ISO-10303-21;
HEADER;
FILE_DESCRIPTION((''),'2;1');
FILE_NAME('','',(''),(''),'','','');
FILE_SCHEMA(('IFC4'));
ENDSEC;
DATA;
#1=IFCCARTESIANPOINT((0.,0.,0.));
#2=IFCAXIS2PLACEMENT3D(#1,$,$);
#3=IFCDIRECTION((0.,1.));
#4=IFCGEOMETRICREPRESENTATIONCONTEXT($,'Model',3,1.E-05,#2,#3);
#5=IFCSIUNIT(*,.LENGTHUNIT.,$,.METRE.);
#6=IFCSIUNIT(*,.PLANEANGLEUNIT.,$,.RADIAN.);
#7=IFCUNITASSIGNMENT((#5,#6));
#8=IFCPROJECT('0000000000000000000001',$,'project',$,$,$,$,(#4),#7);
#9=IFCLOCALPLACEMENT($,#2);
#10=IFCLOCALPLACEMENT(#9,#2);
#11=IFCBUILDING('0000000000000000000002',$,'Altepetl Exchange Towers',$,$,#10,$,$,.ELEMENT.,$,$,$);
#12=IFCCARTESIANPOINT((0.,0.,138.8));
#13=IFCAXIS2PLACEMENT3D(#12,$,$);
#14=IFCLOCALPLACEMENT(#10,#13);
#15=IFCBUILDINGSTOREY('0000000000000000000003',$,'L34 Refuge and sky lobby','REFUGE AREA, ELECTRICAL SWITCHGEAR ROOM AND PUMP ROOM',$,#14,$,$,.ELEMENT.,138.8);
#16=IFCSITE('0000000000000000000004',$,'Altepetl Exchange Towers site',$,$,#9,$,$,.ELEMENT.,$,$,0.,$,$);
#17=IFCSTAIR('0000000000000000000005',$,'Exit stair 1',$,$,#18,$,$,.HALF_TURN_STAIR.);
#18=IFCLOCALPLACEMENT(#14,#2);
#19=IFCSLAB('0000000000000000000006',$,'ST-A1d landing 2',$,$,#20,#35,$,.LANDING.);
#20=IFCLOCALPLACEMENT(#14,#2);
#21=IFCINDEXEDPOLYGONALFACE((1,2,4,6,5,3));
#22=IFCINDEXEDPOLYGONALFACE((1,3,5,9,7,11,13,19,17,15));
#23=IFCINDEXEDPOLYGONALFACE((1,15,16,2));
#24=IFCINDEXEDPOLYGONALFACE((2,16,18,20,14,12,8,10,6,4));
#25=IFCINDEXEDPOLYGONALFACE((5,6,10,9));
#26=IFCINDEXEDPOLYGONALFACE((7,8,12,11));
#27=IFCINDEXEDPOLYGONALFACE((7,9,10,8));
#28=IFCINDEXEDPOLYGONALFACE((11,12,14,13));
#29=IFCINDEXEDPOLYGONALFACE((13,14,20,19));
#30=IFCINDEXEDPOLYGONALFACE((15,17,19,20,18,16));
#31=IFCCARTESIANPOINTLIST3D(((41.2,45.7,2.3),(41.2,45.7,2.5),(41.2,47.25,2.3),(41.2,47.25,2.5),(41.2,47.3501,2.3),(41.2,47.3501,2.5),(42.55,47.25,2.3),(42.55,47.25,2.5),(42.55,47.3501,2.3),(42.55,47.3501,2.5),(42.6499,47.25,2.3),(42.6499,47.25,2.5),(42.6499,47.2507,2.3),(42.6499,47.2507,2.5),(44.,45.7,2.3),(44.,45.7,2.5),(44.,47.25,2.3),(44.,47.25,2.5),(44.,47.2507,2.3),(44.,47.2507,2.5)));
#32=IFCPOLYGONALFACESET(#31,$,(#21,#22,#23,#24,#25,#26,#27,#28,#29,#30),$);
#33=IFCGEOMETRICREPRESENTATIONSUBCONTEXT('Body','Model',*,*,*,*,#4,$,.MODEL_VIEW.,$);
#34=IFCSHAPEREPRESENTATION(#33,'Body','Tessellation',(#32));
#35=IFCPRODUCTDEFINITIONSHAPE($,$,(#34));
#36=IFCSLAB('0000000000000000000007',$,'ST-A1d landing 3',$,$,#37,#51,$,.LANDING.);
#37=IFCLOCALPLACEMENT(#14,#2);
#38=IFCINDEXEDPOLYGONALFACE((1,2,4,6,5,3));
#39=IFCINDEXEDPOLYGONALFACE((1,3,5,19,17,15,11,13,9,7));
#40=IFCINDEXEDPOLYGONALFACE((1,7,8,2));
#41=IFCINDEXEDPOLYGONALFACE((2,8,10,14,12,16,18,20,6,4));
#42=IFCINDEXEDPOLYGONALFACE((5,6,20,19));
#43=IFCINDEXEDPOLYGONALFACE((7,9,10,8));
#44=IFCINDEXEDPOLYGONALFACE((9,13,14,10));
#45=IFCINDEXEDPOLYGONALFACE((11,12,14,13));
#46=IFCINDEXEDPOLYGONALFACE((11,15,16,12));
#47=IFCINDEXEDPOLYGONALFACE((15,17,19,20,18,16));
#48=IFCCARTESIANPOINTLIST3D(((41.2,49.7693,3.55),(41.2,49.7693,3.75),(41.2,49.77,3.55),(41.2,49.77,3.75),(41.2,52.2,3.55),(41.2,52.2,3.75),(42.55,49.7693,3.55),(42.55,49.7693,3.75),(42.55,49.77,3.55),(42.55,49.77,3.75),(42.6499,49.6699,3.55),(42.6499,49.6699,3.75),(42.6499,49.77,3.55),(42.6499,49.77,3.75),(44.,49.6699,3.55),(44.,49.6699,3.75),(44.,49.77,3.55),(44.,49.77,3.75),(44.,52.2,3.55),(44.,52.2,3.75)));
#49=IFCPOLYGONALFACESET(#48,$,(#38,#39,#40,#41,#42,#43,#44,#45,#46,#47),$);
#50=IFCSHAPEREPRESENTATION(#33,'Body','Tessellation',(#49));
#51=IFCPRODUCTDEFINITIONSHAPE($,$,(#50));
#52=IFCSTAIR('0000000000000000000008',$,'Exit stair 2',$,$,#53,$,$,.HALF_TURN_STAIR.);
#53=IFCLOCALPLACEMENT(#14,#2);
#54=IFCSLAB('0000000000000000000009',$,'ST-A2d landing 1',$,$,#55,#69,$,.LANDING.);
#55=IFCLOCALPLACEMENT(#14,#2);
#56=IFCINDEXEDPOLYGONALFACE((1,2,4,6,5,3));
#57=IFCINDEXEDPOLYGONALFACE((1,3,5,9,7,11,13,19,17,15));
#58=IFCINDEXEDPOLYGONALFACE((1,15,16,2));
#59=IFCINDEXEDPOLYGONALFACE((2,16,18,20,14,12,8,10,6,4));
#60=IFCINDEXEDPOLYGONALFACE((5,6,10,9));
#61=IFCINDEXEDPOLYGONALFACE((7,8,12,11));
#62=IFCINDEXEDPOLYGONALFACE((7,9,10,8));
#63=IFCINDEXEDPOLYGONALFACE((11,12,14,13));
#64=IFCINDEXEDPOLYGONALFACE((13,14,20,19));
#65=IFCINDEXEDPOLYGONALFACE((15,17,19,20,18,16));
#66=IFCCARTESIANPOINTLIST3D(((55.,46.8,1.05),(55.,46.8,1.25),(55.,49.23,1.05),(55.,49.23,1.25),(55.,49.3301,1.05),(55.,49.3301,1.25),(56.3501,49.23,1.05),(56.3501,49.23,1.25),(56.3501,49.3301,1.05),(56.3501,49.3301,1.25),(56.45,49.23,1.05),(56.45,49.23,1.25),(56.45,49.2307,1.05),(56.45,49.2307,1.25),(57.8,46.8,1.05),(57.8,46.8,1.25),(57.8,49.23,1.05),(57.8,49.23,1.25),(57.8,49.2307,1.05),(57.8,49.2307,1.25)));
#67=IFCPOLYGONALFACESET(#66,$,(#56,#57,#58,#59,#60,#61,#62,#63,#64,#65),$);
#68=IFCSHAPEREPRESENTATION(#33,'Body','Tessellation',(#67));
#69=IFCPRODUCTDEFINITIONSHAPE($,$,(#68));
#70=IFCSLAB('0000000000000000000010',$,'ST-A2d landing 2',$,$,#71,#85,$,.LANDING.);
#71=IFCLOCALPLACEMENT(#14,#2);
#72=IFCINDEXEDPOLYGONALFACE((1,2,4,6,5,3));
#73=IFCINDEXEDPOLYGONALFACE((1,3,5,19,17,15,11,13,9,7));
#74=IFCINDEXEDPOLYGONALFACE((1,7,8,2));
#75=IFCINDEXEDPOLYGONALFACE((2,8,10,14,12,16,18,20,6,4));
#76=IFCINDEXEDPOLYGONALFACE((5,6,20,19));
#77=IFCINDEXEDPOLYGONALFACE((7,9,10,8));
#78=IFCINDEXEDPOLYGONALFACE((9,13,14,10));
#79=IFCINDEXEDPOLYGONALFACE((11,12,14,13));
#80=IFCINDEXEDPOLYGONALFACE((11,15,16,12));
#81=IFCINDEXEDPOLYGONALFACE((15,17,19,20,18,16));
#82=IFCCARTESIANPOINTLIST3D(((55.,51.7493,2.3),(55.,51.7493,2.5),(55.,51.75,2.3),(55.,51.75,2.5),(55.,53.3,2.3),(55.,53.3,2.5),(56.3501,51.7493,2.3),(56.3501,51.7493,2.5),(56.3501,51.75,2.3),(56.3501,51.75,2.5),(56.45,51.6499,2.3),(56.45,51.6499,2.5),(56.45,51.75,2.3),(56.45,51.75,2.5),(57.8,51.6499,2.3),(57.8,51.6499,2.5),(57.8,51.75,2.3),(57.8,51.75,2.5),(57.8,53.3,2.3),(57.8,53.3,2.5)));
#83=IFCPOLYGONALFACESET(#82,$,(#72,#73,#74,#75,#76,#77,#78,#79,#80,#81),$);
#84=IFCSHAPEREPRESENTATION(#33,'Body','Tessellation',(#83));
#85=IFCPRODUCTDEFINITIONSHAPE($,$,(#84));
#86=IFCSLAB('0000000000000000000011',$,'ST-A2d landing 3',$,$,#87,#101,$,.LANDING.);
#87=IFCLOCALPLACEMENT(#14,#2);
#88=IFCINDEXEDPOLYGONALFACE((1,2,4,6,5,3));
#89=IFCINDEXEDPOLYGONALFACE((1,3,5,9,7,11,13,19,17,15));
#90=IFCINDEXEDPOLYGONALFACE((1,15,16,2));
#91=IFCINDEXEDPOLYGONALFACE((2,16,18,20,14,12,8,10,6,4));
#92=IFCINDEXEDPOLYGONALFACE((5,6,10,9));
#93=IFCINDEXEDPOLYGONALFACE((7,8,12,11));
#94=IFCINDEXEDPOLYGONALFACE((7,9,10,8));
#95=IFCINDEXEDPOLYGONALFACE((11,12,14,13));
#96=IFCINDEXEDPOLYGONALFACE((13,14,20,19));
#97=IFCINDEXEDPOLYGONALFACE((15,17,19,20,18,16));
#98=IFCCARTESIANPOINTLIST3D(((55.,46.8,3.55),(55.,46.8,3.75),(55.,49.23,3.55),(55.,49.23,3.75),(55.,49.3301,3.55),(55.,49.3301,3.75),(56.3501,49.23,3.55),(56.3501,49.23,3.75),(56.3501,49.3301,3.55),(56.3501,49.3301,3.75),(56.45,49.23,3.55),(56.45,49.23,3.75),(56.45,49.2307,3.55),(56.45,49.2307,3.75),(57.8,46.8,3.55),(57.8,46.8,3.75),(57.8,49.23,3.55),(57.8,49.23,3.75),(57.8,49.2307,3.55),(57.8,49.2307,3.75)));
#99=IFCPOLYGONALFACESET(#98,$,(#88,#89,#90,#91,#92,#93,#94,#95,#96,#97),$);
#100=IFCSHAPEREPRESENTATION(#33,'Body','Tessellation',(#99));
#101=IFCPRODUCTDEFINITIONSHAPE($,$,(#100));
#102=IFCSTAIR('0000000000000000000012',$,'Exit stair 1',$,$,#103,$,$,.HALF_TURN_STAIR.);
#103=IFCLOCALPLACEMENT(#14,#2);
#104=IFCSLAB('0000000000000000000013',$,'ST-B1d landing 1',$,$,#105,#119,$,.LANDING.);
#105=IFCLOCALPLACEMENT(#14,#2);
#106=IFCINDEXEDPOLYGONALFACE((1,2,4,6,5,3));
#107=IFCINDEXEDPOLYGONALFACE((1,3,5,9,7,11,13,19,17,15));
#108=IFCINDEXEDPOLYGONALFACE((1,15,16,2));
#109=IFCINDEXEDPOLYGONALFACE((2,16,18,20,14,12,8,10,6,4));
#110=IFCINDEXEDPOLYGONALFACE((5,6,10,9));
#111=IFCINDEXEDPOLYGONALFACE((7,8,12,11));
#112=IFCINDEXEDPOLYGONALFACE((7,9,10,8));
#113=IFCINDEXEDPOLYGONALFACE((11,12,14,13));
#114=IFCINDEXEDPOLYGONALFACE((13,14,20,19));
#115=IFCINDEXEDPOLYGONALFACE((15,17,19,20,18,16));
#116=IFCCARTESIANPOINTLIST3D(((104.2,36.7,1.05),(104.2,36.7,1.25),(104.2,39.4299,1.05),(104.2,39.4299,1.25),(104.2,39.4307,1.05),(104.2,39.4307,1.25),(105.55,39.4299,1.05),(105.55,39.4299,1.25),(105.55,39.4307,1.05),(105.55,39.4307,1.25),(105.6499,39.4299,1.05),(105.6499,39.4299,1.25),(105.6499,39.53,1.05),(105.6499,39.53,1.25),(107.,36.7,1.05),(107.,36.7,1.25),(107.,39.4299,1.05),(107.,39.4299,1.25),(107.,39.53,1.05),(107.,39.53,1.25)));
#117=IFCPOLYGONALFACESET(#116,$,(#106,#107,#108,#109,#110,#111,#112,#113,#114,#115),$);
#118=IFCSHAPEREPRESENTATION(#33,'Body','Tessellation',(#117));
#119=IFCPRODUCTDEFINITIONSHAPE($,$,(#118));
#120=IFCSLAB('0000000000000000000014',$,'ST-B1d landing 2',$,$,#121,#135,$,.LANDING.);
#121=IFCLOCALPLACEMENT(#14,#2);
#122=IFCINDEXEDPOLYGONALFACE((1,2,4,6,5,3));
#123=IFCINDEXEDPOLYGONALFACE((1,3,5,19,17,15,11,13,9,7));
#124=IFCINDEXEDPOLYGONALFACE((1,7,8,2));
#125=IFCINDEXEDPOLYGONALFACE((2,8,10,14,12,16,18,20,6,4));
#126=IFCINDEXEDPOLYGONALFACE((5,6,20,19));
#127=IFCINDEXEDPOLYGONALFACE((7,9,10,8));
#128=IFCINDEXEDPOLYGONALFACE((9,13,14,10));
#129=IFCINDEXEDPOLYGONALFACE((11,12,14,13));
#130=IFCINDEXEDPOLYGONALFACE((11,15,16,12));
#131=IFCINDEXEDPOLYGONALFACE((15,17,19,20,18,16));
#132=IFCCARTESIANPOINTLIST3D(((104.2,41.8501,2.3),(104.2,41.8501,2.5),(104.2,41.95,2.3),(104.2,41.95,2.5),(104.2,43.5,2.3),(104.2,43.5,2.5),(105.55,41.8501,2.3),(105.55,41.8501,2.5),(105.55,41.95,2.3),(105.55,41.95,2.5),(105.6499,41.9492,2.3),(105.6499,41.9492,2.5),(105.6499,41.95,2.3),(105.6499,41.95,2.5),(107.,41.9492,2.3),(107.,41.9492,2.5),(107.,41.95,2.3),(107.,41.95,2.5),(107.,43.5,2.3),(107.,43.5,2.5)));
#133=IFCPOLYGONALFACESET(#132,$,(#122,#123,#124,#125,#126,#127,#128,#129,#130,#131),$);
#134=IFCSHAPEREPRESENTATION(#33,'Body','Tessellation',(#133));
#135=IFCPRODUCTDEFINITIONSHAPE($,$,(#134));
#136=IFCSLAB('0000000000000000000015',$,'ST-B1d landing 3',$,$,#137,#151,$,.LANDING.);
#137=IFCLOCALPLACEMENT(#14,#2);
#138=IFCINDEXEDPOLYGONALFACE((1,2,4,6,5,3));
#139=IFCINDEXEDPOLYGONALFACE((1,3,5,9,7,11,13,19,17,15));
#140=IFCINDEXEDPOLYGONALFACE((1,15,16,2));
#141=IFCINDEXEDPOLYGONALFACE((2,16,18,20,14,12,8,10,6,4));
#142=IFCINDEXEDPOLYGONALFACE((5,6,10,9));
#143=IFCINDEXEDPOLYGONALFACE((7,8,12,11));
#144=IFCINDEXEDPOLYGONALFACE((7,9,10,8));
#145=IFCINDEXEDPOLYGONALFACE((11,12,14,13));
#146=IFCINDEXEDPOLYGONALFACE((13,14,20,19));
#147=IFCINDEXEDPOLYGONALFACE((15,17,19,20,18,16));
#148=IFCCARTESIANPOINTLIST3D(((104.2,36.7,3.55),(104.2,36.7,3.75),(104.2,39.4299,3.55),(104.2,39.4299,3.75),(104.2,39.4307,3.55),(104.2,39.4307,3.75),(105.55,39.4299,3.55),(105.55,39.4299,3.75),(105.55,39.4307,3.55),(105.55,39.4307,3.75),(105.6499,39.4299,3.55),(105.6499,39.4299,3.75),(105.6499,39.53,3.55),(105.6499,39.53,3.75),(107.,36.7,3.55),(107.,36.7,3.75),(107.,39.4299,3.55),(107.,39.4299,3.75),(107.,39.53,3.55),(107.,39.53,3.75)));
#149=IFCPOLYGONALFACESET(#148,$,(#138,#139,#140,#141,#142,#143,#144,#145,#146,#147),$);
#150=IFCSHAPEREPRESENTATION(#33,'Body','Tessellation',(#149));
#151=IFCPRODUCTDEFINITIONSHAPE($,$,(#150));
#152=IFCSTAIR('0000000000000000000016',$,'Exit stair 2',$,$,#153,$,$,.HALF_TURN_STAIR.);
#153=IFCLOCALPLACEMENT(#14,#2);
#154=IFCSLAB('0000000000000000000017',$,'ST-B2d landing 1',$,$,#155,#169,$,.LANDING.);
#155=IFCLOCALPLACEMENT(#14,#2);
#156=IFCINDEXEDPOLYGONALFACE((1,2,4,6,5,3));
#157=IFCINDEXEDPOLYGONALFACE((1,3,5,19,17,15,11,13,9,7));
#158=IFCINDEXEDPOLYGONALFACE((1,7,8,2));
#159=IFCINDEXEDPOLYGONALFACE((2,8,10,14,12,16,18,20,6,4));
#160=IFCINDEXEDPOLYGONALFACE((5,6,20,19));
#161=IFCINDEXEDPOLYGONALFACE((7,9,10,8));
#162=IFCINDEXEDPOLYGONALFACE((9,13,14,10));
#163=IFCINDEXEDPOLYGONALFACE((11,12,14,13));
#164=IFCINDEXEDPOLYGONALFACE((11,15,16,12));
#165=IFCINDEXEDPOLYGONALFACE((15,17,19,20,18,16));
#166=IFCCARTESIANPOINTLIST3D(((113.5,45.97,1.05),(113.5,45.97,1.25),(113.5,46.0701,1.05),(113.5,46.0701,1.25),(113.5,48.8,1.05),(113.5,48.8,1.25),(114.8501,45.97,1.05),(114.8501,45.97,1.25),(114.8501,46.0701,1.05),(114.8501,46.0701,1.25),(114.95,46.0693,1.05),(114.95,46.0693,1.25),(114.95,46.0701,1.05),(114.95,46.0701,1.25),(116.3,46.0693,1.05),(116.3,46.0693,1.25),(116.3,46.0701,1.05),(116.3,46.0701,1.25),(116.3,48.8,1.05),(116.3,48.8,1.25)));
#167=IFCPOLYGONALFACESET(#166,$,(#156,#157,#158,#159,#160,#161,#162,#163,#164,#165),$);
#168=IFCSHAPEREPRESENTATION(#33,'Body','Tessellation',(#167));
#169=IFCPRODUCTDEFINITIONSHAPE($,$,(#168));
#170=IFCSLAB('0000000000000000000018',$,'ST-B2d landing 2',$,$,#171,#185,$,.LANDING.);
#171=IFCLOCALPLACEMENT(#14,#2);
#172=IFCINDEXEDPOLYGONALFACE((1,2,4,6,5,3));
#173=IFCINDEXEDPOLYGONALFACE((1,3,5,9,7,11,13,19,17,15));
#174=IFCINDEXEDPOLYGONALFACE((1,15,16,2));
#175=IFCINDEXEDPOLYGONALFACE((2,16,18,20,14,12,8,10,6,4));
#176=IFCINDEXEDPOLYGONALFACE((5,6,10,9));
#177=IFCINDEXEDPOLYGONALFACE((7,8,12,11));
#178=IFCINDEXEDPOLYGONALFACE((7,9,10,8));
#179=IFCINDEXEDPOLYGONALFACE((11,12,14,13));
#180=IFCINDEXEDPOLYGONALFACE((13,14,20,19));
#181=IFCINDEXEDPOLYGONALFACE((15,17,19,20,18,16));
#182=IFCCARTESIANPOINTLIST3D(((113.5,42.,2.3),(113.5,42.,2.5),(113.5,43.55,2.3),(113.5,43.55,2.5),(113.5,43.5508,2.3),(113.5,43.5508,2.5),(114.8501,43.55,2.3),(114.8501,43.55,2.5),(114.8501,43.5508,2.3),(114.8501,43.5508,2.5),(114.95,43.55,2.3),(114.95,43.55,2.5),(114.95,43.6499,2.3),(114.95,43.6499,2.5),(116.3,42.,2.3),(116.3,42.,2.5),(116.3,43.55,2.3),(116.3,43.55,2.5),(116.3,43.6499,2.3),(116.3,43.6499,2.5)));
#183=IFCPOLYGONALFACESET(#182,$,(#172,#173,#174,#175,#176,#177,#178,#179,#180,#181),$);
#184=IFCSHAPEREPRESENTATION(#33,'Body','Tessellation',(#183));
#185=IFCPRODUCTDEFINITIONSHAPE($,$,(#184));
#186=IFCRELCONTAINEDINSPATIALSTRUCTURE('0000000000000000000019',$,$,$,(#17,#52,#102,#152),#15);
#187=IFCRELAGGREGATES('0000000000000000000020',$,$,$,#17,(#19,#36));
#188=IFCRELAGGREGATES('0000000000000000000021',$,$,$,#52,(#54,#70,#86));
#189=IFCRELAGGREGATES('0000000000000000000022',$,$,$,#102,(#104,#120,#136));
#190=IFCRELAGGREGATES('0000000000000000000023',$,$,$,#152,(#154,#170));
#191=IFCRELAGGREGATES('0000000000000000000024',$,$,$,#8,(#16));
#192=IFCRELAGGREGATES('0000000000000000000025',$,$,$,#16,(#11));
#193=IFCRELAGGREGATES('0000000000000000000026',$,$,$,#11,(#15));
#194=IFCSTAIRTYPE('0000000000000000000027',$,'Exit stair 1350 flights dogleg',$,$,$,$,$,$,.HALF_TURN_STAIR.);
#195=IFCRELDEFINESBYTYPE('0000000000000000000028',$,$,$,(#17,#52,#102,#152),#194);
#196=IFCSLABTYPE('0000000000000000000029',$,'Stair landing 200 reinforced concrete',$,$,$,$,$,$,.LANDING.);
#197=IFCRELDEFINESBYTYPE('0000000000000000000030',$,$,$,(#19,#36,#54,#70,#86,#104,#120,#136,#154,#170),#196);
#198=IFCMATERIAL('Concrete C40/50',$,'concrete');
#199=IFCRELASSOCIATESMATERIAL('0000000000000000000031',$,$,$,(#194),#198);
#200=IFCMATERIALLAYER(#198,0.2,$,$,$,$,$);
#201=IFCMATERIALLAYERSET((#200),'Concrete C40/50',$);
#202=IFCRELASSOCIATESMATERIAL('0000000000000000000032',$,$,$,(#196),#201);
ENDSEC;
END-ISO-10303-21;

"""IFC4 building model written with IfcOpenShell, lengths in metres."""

from ifc_helpers import new_model, si_unit, direction, frame, origin, place, context, subcontext, project, spatial, polyline, outline, extrude, material, layer, layer_set, type_object, element, aggregate, save


model = new_model("IFC4")

# Units and contexts
model_context = context("Model", 3, precision=1e-05, world=origin(), true_north=direction((0.0, 1.0)))
body_context = subcontext(model_context, "Body", "Model", "MODEL_VIEW")
ifc_project = project(units=[si_unit("LENGTHUNIT", "METRE"), si_unit("PLANEANGLEUNIT", "RADIAN")], contexts=[model_context])

# Site, building, storey
site_placement = place(None, origin())
site = spatial("IfcSite", under=ifc_project, at=site_placement, Name="Altepetl Exchange Towers site", CompositionType="ELEMENT", RefElevation=0.0)
building_placement = place(site_placement, origin())
building = spatial("IfcBuilding", under=site, at=building_placement, Name="Altepetl Exchange Towers", CompositionType="ELEMENT")
storey_placement = place(building_placement, frame((0.0, 0.0, 138.8)))
storey = spatial("IfcBuildingStorey", under=building, at=storey_placement, Name="L34 Refuge and sky lobby", Description="REFUGE AREA, ELECTRICAL SWITCHGEAR ROOM AND PUMP ROOM", CompositionType="ELEMENT", Elevation=138.8)

# Shared definitions
ifc_material_1 = material(Name="Concrete C40/50", Category="concrete")

# Stairs, slabs
stair_type = type_object("IfcStairType", Name="Exit stair 1350 flights dogleg", PredefinedType="HALF_TURN_STAIR", material=ifc_material_1)
stair_1_placement = place(storey_placement, origin())
stair_1 = element("IfcStair", 1, at=stair_1_placement, inside=storey, type_object=stair_type, Name="Exit stair 1", PredefinedType="HALF_TURN_STAIR")
ifc_layer_1 = layer(ifc_material_1, 0.2)
ifc_layer_set_1 = layer_set([ifc_layer_1], Name="Concrete C40/50")
slab_type_1 = type_object("IfcSlabType", Name="Stair landing 200 reinforced concrete", PredefinedType="LANDING", material=ifc_layer_set_1)
slab_1_placement = place(storey_placement, frame((0.0, 0.0, 2.3)))
slab_1 = element("IfcSlab", 2, at=slab_1_placement, type_object=slab_type_1, Name="ST-A1d landing 2", PredefinedType="LANDING", context=body_context, shape_type="SweptSolid", body=[
    extrude(outline(polyline([(44.0, 45.7), (41.2, 45.7), (41.2, 47.25), (41.2, 47.3501), (42.55, 47.3501), (42.55, 47.25), (42.6499, 47.25), (42.6499, 47.2507), (44.0, 47.2507), (44.0, 47.25), (44.0, 45.7)])), origin(), (0.0, 0.0, 1.0), 0.2),
])
slab_2_placement = place(storey_placement, frame((0.0, 0.0, 3.55)))
slab_2 = element("IfcSlab", 3, at=slab_2_placement, type_object=slab_type_1, Name="ST-A1d landing 3", PredefinedType="LANDING", context=body_context, shape_type="SweptSolid", body=[
    extrude(outline(polyline([(44.0, 49.6699), (42.6499, 49.6699), (42.6499, 49.77), (42.55, 49.77), (42.55, 49.7693), (41.2, 49.7693), (41.2, 49.77), (41.2, 52.2), (44.0, 52.2), (44.0, 49.77), (44.0, 49.6699)])), origin(), (0.0, 0.0, 1.0), 0.2),
])
aggregate(stair_1, [slab_1, slab_2])
stair_2_placement = place(storey_placement, origin())
stair_2 = element("IfcStair", 4, at=stair_2_placement, inside=storey, type_object=stair_type, Name="Exit stair 2", PredefinedType="HALF_TURN_STAIR")
slab_3_placement = place(storey_placement, frame((0.0, 0.0, 1.05)))
slab_3 = element("IfcSlab", 5, at=slab_3_placement, type_object=slab_type_1, Name="ST-A2d landing 1", PredefinedType="LANDING", context=body_context, shape_type="SweptSolid", body=[
    extrude(outline(polyline([(57.8, 46.8), (55.0, 46.8), (55.0, 49.23), (55.0, 49.3301), (56.3501, 49.3301), (56.3501, 49.23), (56.45, 49.23), (56.45, 49.2307), (57.8, 49.2307), (57.8, 49.23), (57.8, 46.8)])), origin(), (0.0, 0.0, 1.0), 0.2),
])
slab_4_placement = place(storey_placement, frame((0.0, 0.0, 2.3)))
slab_4 = element("IfcSlab", 6, at=slab_4_placement, type_object=slab_type_1, Name="ST-A2d landing 2", PredefinedType="LANDING", context=body_context, shape_type="SweptSolid", body=[
    extrude(outline(polyline([(57.8, 51.6499), (56.45, 51.6499), (56.45, 51.75), (56.3501, 51.75), (56.3501, 51.7493), (55.0, 51.7493), (55.0, 51.75), (55.0, 53.3), (57.8, 53.3), (57.8, 51.75), (57.8, 51.6499)])), origin(), (0.0, 0.0, 1.0), 0.2),
])
slab_5_placement = place(storey_placement, frame((0.0, 0.0, 3.55)))
slab_5 = element("IfcSlab", 7, at=slab_5_placement, type_object=slab_type_1, Name="ST-A2d landing 3", PredefinedType="LANDING", context=body_context, shape_type="SweptSolid", body=[
    extrude(outline(polyline([(57.8, 46.8), (55.0, 46.8), (55.0, 49.23), (55.0, 49.3301), (56.3501, 49.3301), (56.3501, 49.23), (56.45, 49.23), (56.45, 49.2307), (57.8, 49.2307), (57.8, 49.23), (57.8, 46.8)])), origin(), (0.0, 0.0, 1.0), 0.2),
])
aggregate(stair_2, [slab_3, slab_4, slab_5])
stair_3_placement = place(storey_placement, origin())
stair_3 = element("IfcStair", 8, at=stair_3_placement, inside=storey, type_object=stair_type, Name="Exit stair 1", PredefinedType="HALF_TURN_STAIR")
slab_6_placement = place(storey_placement, frame((0.0, 0.0, 1.05)))
slab_6 = element("IfcSlab", 9, at=slab_6_placement, type_object=slab_type_1, Name="ST-B1d landing 1", PredefinedType="LANDING", context=body_context, shape_type="SweptSolid", body=[
    extrude(outline(polyline([(107.0, 36.7), (104.2, 36.7), (104.2, 39.4299), (104.2, 39.4307), (105.55, 39.4307), (105.55, 39.4299), (105.6499, 39.4299), (105.6499, 39.53), (107.0, 39.53), (107.0, 39.4299), (107.0, 36.7)])), origin(), (0.0, 0.0, 1.0), 0.2),
])
slab_7_placement = place(storey_placement, frame((0.0, 0.0, 2.3)))
slab_7 = element("IfcSlab", 10, at=slab_7_placement, type_object=slab_type_1, Name="ST-B1d landing 2", PredefinedType="LANDING", context=body_context, shape_type="SweptSolid", body=[
    extrude(outline(polyline([(105.55, 41.8501), (104.2, 41.8501), (104.2, 41.95), (104.2, 43.5), (107.0, 43.5), (107.0, 41.95), (107.0, 41.9492), (105.6499, 41.9492), (105.6499, 41.95), (105.55, 41.95), (105.55, 41.8501)])), origin(), (0.0, 0.0, 1.0), 0.2),
])
slab_8_placement = place(storey_placement, frame((0.0, 0.0, 3.55)))
slab_8 = element("IfcSlab", 11, at=slab_8_placement, type_object=slab_type_1, Name="ST-B1d landing 3", PredefinedType="LANDING", context=body_context, shape_type="SweptSolid", body=[
    extrude(outline(polyline([(107.0, 36.7), (104.2, 36.7), (104.2, 39.4299), (104.2, 39.4307), (105.55, 39.4307), (105.55, 39.4299), (105.6499, 39.4299), (105.6499, 39.53), (107.0, 39.53), (107.0, 39.4299), (107.0, 36.7)])), origin(), (0.0, 0.0, 1.0), 0.2),
])
aggregate(stair_3, [slab_6, slab_7, slab_8])
stair_4_placement = place(storey_placement, origin())
stair_4 = element("IfcStair", 12, at=stair_4_placement, inside=storey, type_object=stair_type, Name="Exit stair 2", PredefinedType="HALF_TURN_STAIR")
slab_9_placement = place(storey_placement, frame((0.0, 0.0, 1.05)))
slab_9 = element("IfcSlab", 13, at=slab_9_placement, type_object=slab_type_1, Name="ST-B2d landing 1", PredefinedType="LANDING", context=body_context, shape_type="SweptSolid", body=[
    extrude(outline(polyline([(114.8501, 45.97), (113.5, 45.97), (113.5, 46.0701), (113.5, 48.8), (116.3, 48.8), (116.3, 46.0701), (116.3, 46.0693), (114.95, 46.0693), (114.95, 46.0701), (114.8501, 46.0701), (114.8501, 45.97)])), origin(), (0.0, 0.0, 1.0), 0.2),
])
slab_10_placement = place(storey_placement, frame((0.0, 0.0, 2.3)))
slab_10 = element("IfcSlab", 14, at=slab_10_placement, type_object=slab_type_1, Name="ST-B2d landing 2", PredefinedType="LANDING", context=body_context, shape_type="SweptSolid", body=[
    extrude(outline(polyline([(116.3, 42.0), (113.5, 42.0), (113.5, 43.55), (113.5, 43.5508), (114.8501, 43.5508), (114.8501, 43.55), (114.95, 43.55), (114.95, 43.6499), (116.3, 43.6499), (116.3, 43.55), (116.3, 42.0)])), origin(), (0.0, 0.0, 1.0), 0.2),
])
aggregate(stair_4, [slab_9, slab_10])

save(model, "model.ifc")
